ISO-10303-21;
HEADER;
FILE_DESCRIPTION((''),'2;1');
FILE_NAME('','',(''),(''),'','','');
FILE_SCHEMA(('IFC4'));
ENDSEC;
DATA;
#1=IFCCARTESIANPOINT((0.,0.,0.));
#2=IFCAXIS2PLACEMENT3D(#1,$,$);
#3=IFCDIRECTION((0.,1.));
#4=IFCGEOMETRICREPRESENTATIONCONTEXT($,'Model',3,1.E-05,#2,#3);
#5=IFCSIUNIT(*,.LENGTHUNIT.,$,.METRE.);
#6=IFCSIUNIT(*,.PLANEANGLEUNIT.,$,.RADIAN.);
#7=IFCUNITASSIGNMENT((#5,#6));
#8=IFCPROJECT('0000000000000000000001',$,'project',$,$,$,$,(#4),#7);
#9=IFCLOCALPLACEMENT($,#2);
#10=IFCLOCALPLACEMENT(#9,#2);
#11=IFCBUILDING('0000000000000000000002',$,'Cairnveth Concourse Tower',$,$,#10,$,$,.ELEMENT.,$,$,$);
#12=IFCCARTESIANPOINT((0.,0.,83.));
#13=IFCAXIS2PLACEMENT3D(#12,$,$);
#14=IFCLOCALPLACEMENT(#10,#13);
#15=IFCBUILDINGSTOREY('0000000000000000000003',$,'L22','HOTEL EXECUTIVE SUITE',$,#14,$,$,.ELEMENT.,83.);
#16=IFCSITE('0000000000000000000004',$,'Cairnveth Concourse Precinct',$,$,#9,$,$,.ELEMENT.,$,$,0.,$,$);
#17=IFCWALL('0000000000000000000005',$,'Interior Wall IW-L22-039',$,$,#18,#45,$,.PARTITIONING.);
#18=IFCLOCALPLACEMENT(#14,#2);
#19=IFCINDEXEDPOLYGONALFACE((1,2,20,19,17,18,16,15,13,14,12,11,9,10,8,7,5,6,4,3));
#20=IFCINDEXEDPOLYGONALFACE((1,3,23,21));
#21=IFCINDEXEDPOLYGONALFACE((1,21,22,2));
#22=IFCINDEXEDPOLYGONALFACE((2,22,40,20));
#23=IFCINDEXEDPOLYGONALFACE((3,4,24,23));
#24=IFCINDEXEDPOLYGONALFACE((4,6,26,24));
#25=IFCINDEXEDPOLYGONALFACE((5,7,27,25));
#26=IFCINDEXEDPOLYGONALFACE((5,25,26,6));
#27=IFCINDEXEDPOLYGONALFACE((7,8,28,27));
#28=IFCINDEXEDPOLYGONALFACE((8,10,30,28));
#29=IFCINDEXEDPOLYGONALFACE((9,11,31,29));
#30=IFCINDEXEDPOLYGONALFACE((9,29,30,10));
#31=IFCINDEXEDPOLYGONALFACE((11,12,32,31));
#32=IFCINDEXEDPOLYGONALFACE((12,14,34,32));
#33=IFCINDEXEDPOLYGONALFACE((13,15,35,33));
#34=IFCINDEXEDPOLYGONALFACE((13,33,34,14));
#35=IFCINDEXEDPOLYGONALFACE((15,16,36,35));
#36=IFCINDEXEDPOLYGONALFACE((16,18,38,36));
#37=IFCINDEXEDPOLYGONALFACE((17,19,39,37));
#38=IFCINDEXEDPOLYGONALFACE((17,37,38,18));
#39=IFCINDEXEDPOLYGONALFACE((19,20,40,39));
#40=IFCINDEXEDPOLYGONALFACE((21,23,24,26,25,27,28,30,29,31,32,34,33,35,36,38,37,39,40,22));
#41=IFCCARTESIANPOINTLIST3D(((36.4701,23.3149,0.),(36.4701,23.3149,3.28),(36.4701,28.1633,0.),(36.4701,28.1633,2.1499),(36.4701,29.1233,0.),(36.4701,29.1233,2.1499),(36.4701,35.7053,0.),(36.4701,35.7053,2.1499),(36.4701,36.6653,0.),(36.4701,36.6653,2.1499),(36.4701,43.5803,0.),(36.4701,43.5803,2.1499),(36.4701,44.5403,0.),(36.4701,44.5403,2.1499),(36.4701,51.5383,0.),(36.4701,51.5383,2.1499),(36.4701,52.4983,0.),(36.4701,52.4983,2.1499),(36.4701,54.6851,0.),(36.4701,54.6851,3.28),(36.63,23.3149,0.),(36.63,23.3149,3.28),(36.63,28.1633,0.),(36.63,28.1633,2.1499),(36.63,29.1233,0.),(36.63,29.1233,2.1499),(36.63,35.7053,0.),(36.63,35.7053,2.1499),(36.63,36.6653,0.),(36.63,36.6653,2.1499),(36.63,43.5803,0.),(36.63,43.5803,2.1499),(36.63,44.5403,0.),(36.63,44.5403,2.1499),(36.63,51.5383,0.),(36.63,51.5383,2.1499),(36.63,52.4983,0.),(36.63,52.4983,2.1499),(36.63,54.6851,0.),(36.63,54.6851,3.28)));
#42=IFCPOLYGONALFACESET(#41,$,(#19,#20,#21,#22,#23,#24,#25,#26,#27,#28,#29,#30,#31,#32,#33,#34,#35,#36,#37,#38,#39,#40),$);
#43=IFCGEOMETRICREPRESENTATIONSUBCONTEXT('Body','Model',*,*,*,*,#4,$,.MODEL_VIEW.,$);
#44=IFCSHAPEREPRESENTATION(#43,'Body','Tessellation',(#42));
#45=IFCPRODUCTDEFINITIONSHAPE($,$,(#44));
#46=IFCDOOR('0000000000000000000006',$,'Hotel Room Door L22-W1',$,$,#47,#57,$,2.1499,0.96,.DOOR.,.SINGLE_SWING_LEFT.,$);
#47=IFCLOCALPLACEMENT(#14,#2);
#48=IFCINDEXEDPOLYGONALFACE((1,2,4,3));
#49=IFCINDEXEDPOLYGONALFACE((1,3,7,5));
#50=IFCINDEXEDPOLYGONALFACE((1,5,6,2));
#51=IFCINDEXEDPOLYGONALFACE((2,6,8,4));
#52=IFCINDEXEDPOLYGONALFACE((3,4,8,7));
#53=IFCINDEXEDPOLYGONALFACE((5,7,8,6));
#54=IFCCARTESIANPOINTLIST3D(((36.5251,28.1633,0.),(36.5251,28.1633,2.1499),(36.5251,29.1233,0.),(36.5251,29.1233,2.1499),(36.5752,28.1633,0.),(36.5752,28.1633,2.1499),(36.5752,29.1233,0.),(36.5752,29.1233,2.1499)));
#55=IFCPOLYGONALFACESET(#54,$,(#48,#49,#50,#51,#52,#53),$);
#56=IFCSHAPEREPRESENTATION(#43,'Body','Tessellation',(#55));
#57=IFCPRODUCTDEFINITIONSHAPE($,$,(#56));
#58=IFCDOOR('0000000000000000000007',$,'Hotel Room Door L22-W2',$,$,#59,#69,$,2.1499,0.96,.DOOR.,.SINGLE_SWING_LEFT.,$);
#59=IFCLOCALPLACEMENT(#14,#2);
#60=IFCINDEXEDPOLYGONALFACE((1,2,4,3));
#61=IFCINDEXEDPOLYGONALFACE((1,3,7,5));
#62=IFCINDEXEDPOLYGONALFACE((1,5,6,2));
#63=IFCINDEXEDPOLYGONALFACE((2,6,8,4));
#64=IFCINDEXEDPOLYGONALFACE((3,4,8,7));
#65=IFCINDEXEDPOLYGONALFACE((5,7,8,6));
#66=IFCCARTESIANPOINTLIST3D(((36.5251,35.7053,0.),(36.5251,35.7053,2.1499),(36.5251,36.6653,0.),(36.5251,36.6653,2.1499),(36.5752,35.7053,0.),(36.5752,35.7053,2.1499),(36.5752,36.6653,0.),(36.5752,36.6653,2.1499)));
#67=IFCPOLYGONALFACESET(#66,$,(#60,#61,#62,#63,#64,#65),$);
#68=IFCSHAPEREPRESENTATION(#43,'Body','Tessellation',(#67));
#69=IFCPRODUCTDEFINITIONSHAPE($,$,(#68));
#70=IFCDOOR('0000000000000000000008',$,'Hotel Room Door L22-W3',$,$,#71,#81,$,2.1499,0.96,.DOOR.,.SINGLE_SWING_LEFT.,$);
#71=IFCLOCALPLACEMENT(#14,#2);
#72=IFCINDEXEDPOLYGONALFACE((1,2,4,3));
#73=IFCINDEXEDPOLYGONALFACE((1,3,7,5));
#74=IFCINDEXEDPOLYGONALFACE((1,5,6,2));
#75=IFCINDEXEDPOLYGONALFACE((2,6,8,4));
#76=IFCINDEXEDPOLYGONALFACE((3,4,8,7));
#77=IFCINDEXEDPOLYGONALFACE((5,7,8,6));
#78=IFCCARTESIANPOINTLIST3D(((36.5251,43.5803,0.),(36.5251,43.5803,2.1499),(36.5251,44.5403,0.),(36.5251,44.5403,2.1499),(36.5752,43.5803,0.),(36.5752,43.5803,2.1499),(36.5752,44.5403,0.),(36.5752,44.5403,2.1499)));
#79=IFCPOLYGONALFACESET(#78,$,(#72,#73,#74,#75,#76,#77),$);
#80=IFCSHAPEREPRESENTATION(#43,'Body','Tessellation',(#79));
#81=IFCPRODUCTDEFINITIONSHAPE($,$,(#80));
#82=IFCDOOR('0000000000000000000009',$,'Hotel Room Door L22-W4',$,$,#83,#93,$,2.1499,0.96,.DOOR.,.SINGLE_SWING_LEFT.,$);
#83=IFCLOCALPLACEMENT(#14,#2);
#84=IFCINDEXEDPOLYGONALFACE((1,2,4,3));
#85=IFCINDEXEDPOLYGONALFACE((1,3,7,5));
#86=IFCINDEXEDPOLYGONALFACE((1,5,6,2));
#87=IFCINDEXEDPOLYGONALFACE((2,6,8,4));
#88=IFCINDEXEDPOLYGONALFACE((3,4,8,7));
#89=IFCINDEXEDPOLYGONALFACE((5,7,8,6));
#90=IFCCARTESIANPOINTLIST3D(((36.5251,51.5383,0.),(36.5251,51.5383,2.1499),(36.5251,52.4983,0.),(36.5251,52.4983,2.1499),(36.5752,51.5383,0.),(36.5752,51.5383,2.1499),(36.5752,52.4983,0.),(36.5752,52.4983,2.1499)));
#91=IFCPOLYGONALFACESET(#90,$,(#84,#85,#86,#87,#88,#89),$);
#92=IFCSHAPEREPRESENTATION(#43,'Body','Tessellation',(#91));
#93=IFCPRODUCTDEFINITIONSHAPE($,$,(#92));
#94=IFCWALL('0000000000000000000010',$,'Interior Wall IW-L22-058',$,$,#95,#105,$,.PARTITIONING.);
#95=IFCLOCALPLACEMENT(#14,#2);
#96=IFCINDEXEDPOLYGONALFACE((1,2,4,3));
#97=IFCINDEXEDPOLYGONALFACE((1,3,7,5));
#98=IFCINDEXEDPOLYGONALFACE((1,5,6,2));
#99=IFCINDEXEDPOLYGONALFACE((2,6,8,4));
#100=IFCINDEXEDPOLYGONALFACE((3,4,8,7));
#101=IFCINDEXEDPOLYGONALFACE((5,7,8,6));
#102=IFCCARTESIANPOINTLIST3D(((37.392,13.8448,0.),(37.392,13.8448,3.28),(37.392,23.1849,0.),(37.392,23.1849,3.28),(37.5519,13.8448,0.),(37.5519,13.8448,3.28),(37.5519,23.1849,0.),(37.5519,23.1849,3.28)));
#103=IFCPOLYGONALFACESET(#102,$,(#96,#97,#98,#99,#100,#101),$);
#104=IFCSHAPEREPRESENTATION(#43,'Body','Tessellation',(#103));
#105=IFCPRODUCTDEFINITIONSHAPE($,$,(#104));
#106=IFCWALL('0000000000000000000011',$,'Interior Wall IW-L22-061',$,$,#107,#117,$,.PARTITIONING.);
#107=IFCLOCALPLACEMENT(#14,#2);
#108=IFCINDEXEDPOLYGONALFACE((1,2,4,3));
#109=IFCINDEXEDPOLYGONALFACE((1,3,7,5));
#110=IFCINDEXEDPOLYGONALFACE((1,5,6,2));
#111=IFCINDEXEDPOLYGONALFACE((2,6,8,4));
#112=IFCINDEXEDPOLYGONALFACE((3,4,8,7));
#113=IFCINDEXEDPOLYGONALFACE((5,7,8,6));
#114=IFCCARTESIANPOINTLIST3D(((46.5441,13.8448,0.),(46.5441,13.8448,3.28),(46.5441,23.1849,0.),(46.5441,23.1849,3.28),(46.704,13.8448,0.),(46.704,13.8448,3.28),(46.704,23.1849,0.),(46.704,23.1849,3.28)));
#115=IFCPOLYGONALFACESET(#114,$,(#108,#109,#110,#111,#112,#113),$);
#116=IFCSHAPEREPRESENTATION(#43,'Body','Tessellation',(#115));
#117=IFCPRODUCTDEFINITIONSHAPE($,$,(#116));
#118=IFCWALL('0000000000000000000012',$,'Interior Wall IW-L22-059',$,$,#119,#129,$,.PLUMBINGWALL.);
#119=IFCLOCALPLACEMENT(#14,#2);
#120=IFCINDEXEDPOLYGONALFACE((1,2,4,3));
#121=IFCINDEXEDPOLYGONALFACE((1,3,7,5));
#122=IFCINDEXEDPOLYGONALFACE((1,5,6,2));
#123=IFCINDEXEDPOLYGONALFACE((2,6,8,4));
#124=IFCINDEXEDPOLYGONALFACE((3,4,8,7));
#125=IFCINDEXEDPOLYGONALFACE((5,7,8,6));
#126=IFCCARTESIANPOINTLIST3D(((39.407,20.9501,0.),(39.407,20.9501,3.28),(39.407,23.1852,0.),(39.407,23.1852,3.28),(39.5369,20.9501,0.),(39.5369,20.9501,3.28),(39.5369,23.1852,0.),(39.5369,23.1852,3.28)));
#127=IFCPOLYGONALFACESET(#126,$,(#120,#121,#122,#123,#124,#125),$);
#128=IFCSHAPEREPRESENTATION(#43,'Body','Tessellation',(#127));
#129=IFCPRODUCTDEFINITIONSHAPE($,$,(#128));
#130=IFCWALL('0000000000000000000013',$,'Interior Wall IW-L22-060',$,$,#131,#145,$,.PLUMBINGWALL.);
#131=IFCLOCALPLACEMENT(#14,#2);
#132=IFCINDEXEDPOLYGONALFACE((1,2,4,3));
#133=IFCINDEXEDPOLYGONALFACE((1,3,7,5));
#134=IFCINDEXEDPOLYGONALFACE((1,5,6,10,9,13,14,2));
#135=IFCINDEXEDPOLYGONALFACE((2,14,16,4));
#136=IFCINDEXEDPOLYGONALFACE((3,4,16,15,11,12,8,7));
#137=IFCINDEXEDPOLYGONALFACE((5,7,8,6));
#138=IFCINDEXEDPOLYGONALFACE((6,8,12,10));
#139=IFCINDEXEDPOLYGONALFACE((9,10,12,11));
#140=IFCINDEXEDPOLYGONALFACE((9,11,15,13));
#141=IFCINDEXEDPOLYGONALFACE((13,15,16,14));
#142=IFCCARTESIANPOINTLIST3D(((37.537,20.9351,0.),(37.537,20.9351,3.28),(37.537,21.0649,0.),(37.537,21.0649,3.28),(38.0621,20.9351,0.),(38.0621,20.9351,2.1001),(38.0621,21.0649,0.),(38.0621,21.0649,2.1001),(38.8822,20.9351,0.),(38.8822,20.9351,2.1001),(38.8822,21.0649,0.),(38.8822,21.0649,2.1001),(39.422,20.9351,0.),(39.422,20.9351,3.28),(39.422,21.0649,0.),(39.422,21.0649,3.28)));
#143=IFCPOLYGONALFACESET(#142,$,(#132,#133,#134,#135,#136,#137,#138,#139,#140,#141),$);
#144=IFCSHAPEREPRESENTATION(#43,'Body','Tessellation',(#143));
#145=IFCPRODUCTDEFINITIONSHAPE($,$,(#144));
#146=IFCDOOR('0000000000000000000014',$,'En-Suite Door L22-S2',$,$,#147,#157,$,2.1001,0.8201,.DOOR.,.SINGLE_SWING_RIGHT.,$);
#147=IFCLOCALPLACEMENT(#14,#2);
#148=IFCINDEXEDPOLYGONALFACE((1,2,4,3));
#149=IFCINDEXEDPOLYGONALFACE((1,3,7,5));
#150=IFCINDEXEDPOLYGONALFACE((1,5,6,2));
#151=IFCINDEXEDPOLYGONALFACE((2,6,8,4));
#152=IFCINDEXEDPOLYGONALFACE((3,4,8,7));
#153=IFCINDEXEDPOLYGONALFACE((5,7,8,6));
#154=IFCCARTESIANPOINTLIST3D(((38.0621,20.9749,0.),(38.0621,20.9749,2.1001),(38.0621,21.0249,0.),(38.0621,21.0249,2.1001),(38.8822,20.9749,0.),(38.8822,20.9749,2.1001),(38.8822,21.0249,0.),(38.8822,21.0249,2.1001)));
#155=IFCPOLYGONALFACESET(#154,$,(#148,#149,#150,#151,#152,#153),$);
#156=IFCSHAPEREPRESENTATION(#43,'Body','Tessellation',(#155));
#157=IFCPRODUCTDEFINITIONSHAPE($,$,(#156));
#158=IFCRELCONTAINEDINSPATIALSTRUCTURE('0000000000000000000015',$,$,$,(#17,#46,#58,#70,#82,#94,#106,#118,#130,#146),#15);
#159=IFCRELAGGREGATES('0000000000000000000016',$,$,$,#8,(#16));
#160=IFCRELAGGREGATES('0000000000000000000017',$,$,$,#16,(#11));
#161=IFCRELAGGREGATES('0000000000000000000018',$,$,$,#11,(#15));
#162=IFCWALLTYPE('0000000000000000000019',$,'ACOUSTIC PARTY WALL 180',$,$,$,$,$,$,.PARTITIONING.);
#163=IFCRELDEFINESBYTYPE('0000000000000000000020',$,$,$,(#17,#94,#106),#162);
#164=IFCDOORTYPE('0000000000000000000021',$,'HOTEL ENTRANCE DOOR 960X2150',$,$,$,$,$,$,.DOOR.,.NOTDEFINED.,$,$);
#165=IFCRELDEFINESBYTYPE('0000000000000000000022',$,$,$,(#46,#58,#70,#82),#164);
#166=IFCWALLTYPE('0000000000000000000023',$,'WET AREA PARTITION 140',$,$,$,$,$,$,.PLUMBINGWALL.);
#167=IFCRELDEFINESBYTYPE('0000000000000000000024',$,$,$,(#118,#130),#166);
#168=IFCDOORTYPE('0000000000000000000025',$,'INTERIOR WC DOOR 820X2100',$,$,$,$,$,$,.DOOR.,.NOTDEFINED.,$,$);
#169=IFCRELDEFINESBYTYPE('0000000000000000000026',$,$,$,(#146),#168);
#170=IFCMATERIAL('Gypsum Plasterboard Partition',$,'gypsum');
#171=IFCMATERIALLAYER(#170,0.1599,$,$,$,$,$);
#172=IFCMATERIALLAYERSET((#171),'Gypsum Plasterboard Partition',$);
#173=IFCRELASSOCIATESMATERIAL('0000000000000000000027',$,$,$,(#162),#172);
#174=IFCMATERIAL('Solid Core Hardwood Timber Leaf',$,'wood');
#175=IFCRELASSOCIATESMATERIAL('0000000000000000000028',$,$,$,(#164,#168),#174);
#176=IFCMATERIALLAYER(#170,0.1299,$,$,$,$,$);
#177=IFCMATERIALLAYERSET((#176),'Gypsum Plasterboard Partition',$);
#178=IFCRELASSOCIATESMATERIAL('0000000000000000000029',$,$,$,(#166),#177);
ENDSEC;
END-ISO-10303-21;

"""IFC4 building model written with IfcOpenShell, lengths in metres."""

from ifc_helpers import new_model, si_unit, direction, frame, frame_2d, origin, place, context, subcontext, project, spatial, rectangle, extrude, material, layer, layer_set, type_object, element, fill, save


model = new_model("IFC4")

# Units and contexts
model_context = context("Model", 3, precision=1e-05, world=origin(), true_north=direction((0.0, 1.0)))
body_context = subcontext(model_context, "Body", "Model", "MODEL_VIEW")
ifc_project = project(units=[si_unit("LENGTHUNIT", "METRE"), si_unit("PLANEANGLEUNIT", "RADIAN")], contexts=[model_context])

# Site, building, storey
site_placement = place(None, origin())
site = spatial("IfcSite", under=ifc_project, at=site_placement, Name="Cairnveth Concourse Precinct", CompositionType="ELEMENT", RefElevation=0.0)
building_placement = place(site_placement, origin())
building = spatial("IfcBuilding", under=site, at=building_placement, Name="Cairnveth Concourse Tower", CompositionType="ELEMENT")
storey_placement = place(building_placement, frame((0.0, 0.0, 83.0)))
storey = spatial("IfcBuildingStorey", under=building, at=storey_placement, Name="L22", Description="HOTEL EXECUTIVE SUITE", CompositionType="ELEMENT", Elevation=83.0)

# Wall, openings, doors
ifc_material_1 = material(Name="Gypsum Plasterboard Partition", Category="gypsum")
ifc_layer_1 = layer(ifc_material_1, 0.1599)
ifc_layer_set_1 = layer_set([ifc_layer_1], Name="Gypsum Plasterboard Partition")
wall_type_1 = type_object("IfcWallType", Name="ACOUSTIC PARTY WALL 180", PredefinedType="PARTITIONING", material=ifc_layer_set_1)
ifc_material_2 = material(Name="Solid Core Hardwood Timber Leaf", Category="wood")
door_type_1 = type_object("IfcDoorType", Name="HOTEL ENTRANCE DOOR 960X2150", OperationType="NOTDEFINED", PredefinedType="DOOR", material=ifc_material_2)
wall_1_placement = place(storey_placement, frame((36.55, 23.3149, 0.0), z_axis=(0.0, 0.0, 1.0), x_axis=(0.0, 1.0, 0.0)))
wall_1 = element("IfcWall", 1, at=wall_1_placement, inside=storey, type_object=wall_type_1, Name="Interior Wall IW-L22-039", PredefinedType="PARTITIONING", context=body_context, shape_type="SweptSolid", body=[
    extrude(rectangle(XDim=31.3701, YDim=0.1599, at=frame_2d((15.6851, 0.0))), origin(), (0.0, 0.0, 1.0), 3.28),
])
opening_1_placement = place(wall_1_placement, frame((4.8484, 0.0, 0.0)))
opening_1 = element("IfcOpeningElement", 2, at=opening_1_placement, cuts=wall_1, PredefinedType="OPENING", context=body_context, shape_type="SweptSolid", body=[
    extrude(rectangle(XDim=0.96, YDim=2.1499, at=frame_2d((0.48, 1.075))), frame((0.0, 0.0898, 0.0), z_axis=(0.0, -1.0, 0.0), x_axis=(1.0, 0.0, 0.0)), (0.0, 0.0, 1.0), 0.1799),
])
opening_2_placement = place(wall_1_placement, frame((12.3904, 0.0, 0.0)))
opening_2 = element("IfcOpeningElement", 3, at=opening_2_placement, cuts=wall_1, PredefinedType="OPENING", context=body_context, shape_type="SweptSolid", body=[
    extrude(rectangle(XDim=0.96, YDim=2.1499, at=frame_2d((0.48, 1.075))), frame((0.0, 0.0898, 0.0), z_axis=(0.0, -1.0, 0.0), x_axis=(1.0, 0.0, 0.0)), (0.0, 0.0, 1.0), 0.1799),
])
opening_3_placement = place(wall_1_placement, frame((20.2654, 0.0, 0.0)))
opening_3 = element("IfcOpeningElement", 4, at=opening_3_placement, cuts=wall_1, PredefinedType="OPENING", context=body_context, shape_type="SweptSolid", body=[
    extrude(rectangle(XDim=0.96, YDim=2.1499, at=frame_2d((0.48, 1.075))), frame((0.0, 0.0898, 0.0), z_axis=(0.0, -1.0, 0.0), x_axis=(1.0, 0.0, 0.0)), (0.0, 0.0, 1.0), 0.1799),
])
opening_4_placement = place(wall_1_placement, frame((28.2234, 0.0, 0.0)))
opening_4 = element("IfcOpeningElement", 5, at=opening_4_placement, cuts=wall_1, PredefinedType="OPENING", context=body_context, shape_type="SweptSolid", body=[
    extrude(rectangle(XDim=0.96, YDim=2.1499, at=frame_2d((0.48, 1.075))), frame((0.0, 0.0898, 0.0), z_axis=(0.0, -1.0, 0.0), x_axis=(1.0, 0.0, 0.0)), (0.0, 0.0, 1.0), 0.1799),
])
door_1_placement = place(opening_1_placement, origin())
door_1 = element("IfcDoor", 6, at=door_1_placement, inside=storey, type_object=door_type_1, Name="Hotel Room Door L22-W1", OperationType="SINGLE_SWING_LEFT", OverallHeight=2.1499, OverallWidth=0.96, PredefinedType="DOOR", context=body_context, shape_type="SweptSolid", body=[
    extrude(rectangle(XDim=0.96, YDim=2.1499, at=frame_2d((0.48, 1.075))), frame((0.0, 0.0249, 0.0), z_axis=(0.0, -1.0, 0.0), x_axis=(1.0, 0.0, 0.0)), (0.0, 0.0, 1.0), 0.05),
])
fill(opening_1, door_1)
door_2_placement = place(opening_2_placement, origin())
door_2 = element("IfcDoor", 7, at=door_2_placement, inside=storey, type_object=door_type_1, Name="Hotel Room Door L22-W2", OperationType="SINGLE_SWING_LEFT", OverallHeight=2.1499, OverallWidth=0.96, PredefinedType="DOOR", context=body_context, shape_type="SweptSolid", body=[
    extrude(rectangle(XDim=0.96, YDim=2.1499, at=frame_2d((0.48, 1.075))), frame((0.0, 0.0249, 0.0), z_axis=(0.0, -1.0, 0.0), x_axis=(1.0, 0.0, 0.0)), (0.0, 0.0, 1.0), 0.05),
])
fill(opening_2, door_2)
door_3_placement = place(opening_3_placement, origin())
door_3 = element("IfcDoor", 8, at=door_3_placement, inside=storey, type_object=door_type_1, Name="Hotel Room Door L22-W3", OperationType="SINGLE_SWING_LEFT", OverallHeight=2.1499, OverallWidth=0.96, PredefinedType="DOOR", context=body_context, shape_type="SweptSolid", body=[
    extrude(rectangle(XDim=0.96, YDim=2.1499, at=frame_2d((0.48, 1.075))), frame((0.0, 0.0249, 0.0), z_axis=(0.0, -1.0, 0.0), x_axis=(1.0, 0.0, 0.0)), (0.0, 0.0, 1.0), 0.05),
])
fill(opening_3, door_3)
door_4_placement = place(opening_4_placement, origin())
door_4 = element("IfcDoor", 9, at=door_4_placement, inside=storey, type_object=door_type_1, Name="Hotel Room Door L22-W4", OperationType="SINGLE_SWING_LEFT", OverallHeight=2.1499, OverallWidth=0.96, PredefinedType="DOOR", context=body_context, shape_type="SweptSolid", body=[
    extrude(rectangle(XDim=0.96, YDim=2.1499, at=frame_2d((0.48, 1.075))), frame((0.0, 0.0249, 0.0), z_axis=(0.0, -1.0, 0.0), x_axis=(1.0, 0.0, 0.0)), (0.0, 0.0, 1.0), 0.05),
])
fill(opening_4, door_4)

# Walls
for number, where, z_axis, x_axis, name in (
    (10, (37.4719, 13.845, 0.0), (0.0, 0.0, 1.0), (0.0, 1.0, 0.0), "Interior Wall IW-L22-058"),
    (11, (46.624, 13.845, 0.0), (0.0, 0.0, 1.0), (0.0, 1.0, 0.0), "Interior Wall IW-L22-061"),
):
    element("IfcWall", number, at=place(storey_placement, frame(where, z_axis=z_axis, x_axis=x_axis)), inside=storey, type_object=wall_type_1, Name=name, PredefinedType="PARTITIONING", context=body_context, shape_type="SweptSolid", body=[
        extrude(rectangle(XDim=9.3401, YDim=0.1599, at=frame_2d((4.6699, 0.0))), origin(), (0.0, 0.0, 1.0), 3.28),
    ])
ifc_layer_2 = layer(ifc_material_1, 0.1299)
ifc_layer_set_2 = layer_set([ifc_layer_2], Name="Gypsum Plasterboard Partition")
wall_type_2 = type_object("IfcWallType", Name="WET AREA PARTITION 140", PredefinedType="PLUMBINGWALL", material=ifc_layer_set_2)
wall_2_placement = place(storey_placement, frame((39.4719, 20.95, 0.0), z_axis=(0.0, 0.0, 1.0), x_axis=(0.0, 1.0, 0.0)))
element("IfcWall", 12, at=wall_2_placement, inside=storey, type_object=wall_type_2, Name="Interior Wall IW-L22-059", PredefinedType="PLUMBINGWALL", context=body_context, shape_type="SweptSolid", body=[
    extrude(rectangle(XDim=2.2351, YDim=0.1299, at=frame_2d((1.1177, 0.0))), origin(), (0.0, 0.0, 1.0), 3.28),
])

# Wall, opening, door
wall_3_placement = place(storey_placement, frame((37.5371, 21.0, 0.0), z_axis=(0.0, 0.0, 1.0), x_axis=(1.0, 0.0, 0.0)))
wall_3 = element("IfcWall", 13, at=wall_3_placement, inside=storey, type_object=wall_type_2, Name="Interior Wall IW-L22-060", PredefinedType="PLUMBINGWALL", context=body_context, shape_type="SweptSolid", body=[
    extrude(rectangle(XDim=1.885, YDim=0.1299, at=frame_2d((0.9424, 0.0))), origin(), (0.0, 0.0, 1.0), 3.28),
])
opening_5_placement = place(wall_3_placement, frame((0.5249, 0.0, 0.0)))
opening_5 = element("IfcOpeningElement", 14, at=opening_5_placement, cuts=wall_3, PredefinedType="OPENING", context=body_context, shape_type="SweptSolid", body=[
    extrude(rectangle(XDim=0.8201, YDim=2.1001, at=frame_2d((0.4102, 1.05))), frame((0.0, 0.075, 0.0), z_axis=(0.0, -1.0, 0.0), x_axis=(1.0, 0.0, 0.0)), (0.0, 0.0, 1.0), 0.1499),
])
door_type_2 = type_object("IfcDoorType", Name="INTERIOR WC DOOR 820X2100", OperationType="NOTDEFINED", PredefinedType="DOOR", material=ifc_material_2)
door_5_placement = place(opening_5_placement, origin())
door_5 = element("IfcDoor", 15, at=door_5_placement, inside=storey, type_object=door_type_2, Name="En-Suite Door L22-S2", OperationType="SINGLE_SWING_RIGHT", OverallHeight=2.1001, OverallWidth=0.8201, PredefinedType="DOOR", context=body_context, shape_type="SweptSolid", body=[
    extrude(rectangle(XDim=0.8201, YDim=2.1001, at=frame_2d((0.4102, 1.05))), frame((0.0, 0.0249, 0.0), z_axis=(0.0, -1.0, 0.0), x_axis=(1.0, 0.0, 0.0)), (0.0, 0.0, 1.0), 0.05),
])
fill(opening_5, door_5)

save(model, "model.ifc")
